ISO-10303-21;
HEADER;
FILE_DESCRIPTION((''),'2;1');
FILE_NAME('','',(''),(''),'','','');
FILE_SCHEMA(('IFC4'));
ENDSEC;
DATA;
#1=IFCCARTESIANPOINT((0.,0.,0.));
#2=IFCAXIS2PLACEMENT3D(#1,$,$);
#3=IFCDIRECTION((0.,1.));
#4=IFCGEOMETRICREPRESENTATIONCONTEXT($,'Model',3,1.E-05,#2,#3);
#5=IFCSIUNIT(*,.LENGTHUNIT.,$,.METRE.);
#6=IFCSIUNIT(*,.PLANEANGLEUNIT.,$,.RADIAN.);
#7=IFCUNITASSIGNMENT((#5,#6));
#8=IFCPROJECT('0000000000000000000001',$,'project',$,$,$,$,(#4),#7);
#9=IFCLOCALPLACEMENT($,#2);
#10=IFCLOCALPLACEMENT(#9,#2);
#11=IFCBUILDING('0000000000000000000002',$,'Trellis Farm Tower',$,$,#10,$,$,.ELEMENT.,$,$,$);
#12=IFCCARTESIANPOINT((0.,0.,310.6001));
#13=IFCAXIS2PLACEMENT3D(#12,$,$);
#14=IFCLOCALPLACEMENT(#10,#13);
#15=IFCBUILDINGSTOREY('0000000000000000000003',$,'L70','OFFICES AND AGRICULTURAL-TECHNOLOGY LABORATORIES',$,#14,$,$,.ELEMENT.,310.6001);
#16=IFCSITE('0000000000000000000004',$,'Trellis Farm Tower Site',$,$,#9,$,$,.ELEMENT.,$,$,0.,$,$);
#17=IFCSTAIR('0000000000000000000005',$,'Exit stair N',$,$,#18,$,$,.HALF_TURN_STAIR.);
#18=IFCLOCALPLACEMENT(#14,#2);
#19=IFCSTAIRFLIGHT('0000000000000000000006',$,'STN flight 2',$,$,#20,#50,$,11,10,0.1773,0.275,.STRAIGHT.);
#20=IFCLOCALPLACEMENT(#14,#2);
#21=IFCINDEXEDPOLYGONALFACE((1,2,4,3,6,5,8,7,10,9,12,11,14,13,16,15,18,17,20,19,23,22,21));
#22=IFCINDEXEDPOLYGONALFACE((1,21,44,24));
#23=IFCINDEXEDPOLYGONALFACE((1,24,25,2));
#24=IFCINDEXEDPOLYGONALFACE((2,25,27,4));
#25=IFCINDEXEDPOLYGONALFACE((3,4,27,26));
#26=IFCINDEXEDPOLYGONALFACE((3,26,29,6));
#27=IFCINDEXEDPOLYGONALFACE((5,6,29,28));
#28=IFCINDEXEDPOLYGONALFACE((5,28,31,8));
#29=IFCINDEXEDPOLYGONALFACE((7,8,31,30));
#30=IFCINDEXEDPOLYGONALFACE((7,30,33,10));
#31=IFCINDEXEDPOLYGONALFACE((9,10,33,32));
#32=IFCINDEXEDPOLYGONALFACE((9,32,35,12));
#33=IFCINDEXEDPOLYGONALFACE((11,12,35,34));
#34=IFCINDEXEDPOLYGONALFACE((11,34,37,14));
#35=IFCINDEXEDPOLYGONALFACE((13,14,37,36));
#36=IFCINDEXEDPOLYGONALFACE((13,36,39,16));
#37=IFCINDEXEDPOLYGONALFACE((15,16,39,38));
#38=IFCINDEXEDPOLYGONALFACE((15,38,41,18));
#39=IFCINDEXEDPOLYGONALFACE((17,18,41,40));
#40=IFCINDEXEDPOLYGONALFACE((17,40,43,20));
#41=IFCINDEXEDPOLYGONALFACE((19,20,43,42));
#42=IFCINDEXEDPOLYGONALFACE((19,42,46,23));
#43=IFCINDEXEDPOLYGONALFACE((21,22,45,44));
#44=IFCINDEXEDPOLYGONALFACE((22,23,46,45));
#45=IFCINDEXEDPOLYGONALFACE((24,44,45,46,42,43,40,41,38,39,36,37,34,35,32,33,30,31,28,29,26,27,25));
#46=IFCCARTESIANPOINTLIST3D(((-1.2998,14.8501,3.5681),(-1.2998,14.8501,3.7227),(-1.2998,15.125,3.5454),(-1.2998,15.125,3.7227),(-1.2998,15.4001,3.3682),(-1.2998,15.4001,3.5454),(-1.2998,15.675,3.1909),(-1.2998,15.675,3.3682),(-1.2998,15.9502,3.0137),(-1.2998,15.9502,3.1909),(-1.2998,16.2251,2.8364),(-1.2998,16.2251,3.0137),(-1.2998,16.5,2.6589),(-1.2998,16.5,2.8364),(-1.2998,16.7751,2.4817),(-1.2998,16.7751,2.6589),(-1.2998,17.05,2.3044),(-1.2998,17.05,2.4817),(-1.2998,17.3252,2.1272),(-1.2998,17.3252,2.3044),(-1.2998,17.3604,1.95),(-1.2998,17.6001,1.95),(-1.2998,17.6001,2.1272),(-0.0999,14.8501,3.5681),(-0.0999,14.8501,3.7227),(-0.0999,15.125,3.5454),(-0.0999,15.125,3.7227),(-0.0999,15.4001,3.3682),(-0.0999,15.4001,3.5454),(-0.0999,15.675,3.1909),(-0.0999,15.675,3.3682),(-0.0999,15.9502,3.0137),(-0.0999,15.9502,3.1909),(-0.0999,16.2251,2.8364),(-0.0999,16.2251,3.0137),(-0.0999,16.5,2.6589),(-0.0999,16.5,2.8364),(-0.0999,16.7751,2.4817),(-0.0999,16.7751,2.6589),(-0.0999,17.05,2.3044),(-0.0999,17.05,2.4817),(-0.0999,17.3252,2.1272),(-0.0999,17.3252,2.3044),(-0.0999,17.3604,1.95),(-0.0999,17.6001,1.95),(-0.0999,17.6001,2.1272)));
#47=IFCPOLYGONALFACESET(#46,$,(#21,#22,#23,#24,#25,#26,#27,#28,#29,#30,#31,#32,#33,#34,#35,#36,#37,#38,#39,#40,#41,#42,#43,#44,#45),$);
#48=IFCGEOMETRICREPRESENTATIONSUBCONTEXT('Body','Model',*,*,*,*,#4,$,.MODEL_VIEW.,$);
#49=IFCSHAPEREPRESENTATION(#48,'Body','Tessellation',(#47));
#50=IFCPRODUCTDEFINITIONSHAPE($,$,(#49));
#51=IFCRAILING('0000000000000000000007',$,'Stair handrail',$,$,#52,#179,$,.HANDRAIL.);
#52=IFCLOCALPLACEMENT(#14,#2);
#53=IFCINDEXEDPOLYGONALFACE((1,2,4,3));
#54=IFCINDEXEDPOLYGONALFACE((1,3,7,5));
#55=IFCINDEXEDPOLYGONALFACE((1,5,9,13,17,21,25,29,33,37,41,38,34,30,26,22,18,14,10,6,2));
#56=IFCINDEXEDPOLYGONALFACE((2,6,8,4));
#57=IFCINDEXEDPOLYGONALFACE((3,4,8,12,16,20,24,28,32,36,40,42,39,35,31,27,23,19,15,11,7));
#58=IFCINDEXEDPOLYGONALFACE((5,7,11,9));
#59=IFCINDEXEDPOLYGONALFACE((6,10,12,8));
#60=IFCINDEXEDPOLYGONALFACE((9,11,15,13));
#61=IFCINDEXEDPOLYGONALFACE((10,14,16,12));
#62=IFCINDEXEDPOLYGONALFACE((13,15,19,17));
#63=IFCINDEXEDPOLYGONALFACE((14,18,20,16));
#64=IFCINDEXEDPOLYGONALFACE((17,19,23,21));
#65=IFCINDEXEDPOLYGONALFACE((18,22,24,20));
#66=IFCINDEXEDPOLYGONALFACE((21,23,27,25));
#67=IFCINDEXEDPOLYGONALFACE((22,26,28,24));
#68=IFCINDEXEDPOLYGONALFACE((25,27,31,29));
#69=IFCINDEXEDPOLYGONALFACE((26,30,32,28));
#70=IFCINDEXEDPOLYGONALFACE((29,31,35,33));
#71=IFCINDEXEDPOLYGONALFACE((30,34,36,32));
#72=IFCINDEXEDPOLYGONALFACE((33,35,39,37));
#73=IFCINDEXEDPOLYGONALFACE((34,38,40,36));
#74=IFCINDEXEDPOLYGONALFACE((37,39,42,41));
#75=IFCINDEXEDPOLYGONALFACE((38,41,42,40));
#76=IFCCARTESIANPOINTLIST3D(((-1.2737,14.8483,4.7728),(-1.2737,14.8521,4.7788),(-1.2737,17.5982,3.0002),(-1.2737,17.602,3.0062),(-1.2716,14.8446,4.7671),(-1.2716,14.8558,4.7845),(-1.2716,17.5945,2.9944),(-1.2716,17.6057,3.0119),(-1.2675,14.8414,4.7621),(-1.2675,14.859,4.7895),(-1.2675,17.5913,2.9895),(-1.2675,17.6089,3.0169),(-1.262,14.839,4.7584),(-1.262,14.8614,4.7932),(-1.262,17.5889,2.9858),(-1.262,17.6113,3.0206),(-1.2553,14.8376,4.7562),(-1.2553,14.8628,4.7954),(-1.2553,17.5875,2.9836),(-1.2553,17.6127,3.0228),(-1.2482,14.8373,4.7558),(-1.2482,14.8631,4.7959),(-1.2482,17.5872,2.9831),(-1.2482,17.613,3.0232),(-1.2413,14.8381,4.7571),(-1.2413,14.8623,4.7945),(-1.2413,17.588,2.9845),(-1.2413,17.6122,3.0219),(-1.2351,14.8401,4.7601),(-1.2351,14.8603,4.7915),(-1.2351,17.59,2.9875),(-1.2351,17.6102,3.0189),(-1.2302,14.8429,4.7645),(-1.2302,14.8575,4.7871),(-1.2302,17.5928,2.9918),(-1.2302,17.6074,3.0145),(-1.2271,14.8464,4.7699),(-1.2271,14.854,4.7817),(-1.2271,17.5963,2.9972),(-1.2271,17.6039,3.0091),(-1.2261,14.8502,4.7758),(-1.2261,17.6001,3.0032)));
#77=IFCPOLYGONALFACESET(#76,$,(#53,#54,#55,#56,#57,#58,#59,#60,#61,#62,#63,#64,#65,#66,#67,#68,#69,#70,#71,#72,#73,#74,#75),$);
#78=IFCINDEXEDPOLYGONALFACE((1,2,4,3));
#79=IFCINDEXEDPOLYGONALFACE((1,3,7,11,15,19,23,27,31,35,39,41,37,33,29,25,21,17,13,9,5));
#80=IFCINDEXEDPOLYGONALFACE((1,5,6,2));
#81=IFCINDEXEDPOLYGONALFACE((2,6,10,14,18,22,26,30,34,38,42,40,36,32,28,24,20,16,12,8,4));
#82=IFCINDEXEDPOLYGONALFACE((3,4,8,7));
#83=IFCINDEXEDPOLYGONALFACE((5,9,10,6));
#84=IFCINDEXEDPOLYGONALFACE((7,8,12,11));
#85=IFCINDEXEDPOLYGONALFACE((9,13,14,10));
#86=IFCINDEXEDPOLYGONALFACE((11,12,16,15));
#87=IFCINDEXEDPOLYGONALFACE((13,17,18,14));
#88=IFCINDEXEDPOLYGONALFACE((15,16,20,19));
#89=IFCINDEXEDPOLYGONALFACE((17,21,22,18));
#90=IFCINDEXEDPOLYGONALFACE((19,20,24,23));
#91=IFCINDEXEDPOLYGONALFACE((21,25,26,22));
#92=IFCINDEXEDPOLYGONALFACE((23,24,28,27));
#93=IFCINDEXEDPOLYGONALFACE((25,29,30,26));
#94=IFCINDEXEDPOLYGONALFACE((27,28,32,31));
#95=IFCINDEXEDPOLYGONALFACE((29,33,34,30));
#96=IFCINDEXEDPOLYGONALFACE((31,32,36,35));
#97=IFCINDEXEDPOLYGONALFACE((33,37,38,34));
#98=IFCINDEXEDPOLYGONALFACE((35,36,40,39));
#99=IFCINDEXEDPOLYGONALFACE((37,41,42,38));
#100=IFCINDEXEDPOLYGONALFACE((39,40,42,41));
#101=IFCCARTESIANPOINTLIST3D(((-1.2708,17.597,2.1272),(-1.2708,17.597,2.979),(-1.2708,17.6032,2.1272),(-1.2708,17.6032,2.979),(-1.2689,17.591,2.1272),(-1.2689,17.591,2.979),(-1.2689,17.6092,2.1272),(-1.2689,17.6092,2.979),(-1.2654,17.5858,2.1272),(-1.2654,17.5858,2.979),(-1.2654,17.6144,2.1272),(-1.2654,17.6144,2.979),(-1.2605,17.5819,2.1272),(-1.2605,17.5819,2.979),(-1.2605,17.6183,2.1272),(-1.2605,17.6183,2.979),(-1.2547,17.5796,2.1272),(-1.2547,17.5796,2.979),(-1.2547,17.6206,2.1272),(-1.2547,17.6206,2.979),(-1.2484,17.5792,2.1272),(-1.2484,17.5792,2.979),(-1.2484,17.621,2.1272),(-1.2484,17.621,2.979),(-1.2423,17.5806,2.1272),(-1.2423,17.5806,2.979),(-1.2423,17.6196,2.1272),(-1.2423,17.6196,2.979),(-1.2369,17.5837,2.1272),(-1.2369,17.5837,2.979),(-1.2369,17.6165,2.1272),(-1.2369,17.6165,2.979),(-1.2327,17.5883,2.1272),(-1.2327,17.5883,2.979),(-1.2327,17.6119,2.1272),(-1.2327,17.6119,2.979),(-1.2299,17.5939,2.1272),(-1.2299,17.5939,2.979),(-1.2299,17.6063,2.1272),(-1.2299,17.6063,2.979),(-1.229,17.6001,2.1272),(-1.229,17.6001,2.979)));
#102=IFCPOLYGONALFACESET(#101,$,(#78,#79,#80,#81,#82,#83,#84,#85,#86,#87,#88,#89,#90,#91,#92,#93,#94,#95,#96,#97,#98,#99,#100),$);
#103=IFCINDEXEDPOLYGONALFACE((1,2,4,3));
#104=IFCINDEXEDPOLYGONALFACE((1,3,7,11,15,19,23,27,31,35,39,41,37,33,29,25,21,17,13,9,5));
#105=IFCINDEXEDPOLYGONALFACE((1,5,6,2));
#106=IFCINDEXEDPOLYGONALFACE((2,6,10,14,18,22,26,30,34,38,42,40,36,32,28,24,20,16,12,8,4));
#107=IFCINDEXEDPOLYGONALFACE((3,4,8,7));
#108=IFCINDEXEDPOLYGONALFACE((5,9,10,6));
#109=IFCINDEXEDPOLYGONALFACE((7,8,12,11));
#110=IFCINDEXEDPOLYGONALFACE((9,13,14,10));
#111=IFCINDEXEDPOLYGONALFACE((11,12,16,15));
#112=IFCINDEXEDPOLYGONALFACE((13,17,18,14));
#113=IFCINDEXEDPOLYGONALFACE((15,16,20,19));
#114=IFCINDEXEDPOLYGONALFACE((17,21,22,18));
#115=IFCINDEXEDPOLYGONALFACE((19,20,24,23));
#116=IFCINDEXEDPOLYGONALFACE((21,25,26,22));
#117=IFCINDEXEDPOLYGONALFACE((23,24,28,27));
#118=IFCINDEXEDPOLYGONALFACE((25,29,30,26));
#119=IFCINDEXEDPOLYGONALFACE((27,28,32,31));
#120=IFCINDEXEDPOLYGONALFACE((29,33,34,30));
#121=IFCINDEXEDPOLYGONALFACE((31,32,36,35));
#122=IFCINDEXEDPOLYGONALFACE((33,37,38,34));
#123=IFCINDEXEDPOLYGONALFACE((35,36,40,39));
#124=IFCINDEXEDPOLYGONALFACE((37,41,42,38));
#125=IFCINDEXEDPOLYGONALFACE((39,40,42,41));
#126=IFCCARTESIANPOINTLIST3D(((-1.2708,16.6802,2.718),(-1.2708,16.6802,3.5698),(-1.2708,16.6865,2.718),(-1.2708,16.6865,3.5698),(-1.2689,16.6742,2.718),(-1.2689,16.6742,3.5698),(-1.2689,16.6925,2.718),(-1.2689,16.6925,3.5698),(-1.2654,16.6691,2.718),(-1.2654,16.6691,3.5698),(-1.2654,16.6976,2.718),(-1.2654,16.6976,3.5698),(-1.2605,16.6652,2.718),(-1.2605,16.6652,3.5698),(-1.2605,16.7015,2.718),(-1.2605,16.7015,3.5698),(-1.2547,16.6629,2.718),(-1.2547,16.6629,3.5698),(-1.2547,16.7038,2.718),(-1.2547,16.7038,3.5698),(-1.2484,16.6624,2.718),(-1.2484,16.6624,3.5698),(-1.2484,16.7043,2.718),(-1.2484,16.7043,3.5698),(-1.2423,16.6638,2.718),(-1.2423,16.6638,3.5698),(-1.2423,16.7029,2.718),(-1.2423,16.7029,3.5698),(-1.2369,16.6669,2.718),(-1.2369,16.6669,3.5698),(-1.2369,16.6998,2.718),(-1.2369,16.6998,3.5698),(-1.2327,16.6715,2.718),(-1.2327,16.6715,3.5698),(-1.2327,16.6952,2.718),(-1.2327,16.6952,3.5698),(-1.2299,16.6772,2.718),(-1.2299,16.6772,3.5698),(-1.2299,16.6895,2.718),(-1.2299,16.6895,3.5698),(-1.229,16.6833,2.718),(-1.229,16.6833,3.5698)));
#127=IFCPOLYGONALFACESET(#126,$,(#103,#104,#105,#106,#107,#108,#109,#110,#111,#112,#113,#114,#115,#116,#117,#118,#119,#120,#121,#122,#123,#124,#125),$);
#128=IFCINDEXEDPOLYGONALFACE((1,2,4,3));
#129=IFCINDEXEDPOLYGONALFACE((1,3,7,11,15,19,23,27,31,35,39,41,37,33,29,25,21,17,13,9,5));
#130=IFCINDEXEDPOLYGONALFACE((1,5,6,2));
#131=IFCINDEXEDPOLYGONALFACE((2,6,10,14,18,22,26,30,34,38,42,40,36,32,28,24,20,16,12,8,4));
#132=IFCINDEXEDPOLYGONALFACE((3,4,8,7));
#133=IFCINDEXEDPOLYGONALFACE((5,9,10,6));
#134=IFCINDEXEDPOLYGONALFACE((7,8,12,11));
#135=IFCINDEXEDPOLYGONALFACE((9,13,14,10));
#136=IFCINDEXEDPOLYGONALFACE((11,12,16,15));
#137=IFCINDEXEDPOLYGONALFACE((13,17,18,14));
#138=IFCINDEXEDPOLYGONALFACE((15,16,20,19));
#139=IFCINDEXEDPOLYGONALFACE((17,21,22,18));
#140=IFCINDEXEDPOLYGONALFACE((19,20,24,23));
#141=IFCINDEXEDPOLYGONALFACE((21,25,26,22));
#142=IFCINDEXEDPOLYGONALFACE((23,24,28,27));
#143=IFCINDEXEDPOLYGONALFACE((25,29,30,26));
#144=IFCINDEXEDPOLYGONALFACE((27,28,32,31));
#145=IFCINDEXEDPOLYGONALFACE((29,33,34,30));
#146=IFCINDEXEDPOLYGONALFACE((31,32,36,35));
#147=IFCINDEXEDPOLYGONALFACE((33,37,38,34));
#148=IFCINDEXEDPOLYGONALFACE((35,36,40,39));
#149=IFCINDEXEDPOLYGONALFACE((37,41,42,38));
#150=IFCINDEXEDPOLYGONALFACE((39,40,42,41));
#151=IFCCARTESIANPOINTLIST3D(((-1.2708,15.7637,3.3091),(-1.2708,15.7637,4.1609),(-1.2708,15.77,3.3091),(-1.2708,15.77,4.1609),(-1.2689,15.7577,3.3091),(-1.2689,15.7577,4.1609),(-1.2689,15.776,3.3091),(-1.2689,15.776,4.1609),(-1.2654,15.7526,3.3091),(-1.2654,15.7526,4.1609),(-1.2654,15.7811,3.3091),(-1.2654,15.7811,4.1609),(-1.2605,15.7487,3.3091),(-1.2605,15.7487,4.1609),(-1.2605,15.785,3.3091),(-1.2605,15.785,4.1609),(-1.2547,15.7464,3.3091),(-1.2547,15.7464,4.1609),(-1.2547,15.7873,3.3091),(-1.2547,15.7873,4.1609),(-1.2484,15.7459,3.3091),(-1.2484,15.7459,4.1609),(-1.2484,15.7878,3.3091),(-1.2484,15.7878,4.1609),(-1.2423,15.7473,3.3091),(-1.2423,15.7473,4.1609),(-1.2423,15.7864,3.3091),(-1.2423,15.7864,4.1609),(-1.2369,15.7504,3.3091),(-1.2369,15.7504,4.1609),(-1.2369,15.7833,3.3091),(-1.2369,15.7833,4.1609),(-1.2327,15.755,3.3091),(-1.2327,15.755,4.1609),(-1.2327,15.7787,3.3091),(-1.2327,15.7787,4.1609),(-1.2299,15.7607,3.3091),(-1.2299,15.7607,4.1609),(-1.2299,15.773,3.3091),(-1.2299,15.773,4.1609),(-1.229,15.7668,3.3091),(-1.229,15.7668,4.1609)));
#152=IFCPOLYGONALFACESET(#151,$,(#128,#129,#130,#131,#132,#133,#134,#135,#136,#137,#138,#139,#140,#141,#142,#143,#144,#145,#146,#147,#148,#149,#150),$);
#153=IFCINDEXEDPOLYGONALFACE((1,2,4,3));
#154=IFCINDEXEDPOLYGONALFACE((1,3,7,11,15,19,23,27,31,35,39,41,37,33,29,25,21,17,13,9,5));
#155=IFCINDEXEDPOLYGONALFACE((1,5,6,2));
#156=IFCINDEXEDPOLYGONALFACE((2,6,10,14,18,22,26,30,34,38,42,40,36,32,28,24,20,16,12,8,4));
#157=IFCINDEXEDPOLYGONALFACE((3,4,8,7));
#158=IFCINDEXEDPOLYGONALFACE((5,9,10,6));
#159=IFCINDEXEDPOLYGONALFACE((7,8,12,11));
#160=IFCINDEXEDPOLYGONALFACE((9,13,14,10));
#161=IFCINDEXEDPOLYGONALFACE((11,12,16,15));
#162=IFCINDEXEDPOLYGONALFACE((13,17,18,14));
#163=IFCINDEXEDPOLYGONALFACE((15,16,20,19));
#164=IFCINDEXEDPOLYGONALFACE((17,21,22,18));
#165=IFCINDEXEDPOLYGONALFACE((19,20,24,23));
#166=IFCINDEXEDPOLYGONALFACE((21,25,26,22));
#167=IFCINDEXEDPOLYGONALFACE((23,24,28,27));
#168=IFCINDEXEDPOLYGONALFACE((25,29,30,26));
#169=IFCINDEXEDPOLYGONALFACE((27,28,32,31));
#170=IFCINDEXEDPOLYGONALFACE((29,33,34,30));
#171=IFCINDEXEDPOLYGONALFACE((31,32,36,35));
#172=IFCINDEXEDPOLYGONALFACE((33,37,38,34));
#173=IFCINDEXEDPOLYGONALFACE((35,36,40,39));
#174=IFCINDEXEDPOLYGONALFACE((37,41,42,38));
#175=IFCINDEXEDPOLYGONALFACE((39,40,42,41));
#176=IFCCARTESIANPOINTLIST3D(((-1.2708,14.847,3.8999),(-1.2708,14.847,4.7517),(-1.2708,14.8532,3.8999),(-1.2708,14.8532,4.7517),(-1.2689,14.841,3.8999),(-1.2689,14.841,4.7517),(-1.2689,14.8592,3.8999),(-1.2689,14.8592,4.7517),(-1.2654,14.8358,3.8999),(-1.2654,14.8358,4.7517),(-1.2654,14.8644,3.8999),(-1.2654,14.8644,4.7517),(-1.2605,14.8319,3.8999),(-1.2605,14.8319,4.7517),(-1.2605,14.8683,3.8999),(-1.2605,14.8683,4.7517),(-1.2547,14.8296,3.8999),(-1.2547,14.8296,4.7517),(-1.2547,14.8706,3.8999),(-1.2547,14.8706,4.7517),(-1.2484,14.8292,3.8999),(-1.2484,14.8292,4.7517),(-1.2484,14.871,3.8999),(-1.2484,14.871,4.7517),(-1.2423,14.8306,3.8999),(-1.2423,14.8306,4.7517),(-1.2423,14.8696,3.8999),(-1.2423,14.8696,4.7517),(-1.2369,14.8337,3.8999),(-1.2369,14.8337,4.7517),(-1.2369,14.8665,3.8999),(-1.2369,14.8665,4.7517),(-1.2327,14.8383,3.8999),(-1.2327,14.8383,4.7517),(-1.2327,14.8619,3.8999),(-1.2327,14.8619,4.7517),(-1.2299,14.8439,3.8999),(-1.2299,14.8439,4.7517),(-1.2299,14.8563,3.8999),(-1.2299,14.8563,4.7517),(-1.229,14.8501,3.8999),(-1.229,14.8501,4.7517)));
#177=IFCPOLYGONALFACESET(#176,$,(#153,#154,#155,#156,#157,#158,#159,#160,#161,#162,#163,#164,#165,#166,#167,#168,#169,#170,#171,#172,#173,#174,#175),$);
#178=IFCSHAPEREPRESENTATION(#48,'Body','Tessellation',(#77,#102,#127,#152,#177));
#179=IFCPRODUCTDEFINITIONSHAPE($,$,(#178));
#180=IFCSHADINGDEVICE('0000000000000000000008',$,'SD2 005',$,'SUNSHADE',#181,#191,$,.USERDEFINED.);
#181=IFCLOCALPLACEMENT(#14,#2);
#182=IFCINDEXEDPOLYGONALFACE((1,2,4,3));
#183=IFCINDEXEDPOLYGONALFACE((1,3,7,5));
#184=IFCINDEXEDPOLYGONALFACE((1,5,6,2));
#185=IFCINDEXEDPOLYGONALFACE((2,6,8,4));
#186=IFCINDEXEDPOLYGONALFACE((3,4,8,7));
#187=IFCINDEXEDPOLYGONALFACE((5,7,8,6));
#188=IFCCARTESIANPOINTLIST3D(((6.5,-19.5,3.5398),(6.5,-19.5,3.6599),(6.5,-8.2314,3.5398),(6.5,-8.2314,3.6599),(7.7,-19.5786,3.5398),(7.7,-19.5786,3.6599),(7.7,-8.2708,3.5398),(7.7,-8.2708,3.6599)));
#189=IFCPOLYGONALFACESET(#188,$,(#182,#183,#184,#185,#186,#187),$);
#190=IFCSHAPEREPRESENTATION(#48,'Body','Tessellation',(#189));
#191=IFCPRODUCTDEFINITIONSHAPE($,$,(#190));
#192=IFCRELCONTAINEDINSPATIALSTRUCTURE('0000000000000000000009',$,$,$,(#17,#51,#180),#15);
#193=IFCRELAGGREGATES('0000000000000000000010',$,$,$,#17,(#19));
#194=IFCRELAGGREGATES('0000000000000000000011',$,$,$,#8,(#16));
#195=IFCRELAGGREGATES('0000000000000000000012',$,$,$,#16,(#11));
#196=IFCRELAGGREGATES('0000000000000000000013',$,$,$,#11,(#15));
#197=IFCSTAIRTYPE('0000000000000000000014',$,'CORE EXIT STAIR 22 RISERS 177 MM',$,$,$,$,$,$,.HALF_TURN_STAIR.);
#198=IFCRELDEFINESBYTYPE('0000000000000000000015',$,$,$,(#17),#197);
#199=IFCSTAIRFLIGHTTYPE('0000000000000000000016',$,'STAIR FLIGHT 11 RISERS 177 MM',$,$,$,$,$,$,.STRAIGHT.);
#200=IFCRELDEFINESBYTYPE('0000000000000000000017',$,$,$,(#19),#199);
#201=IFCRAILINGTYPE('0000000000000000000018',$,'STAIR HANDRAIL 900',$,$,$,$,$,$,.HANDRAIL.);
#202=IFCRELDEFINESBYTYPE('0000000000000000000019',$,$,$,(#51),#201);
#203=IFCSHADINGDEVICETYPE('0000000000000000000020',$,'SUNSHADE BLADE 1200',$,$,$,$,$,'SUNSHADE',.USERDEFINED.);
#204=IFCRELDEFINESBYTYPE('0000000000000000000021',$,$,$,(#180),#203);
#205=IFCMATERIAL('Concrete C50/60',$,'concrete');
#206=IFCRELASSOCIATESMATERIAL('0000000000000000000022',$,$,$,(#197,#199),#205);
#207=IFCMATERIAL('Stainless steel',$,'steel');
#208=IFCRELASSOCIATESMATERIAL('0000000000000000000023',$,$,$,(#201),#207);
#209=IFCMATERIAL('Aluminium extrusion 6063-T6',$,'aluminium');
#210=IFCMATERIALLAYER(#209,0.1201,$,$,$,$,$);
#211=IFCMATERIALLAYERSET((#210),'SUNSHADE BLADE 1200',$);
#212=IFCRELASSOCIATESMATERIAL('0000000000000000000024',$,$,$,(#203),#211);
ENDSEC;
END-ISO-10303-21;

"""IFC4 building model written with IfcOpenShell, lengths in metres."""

from ifc_helpers import new_model, si_unit, direction, frame, origin, origin_2d, place, context, subcontext, project, spatial, polyline, circle, outline, extrude, source, transform, mapped, material, layer, layer_set, type_object, element, aggregate, save


model = new_model("IFC4")

# Units and contexts
model_context = context("Model", 3, precision=1e-05, world=origin(), true_north=direction((0.0, 1.0)))
body_context = subcontext(model_context, "Body", "Model", "MODEL_VIEW")
ifc_project = project(units=[si_unit("LENGTHUNIT", "METRE"), si_unit("PLANEANGLEUNIT", "RADIAN")], contexts=[model_context])

# Site, building, storey
site_placement = place(None, origin())
site = spatial("IfcSite", under=ifc_project, at=site_placement, Name="Trellis Farm Tower Site", CompositionType="ELEMENT", RefElevation=0.0)
building_placement = place(site_placement, origin())
building = spatial("IfcBuilding", under=site, at=building_placement, Name="Trellis Farm Tower", CompositionType="ELEMENT")
storey_placement = place(building_placement, frame((0.0, 0.0, 310.6001)))
storey = spatial("IfcBuildingStorey", under=building, at=storey_placement, Name="L70", Description="OFFICES AND AGRICULTURAL-TECHNOLOGY LABORATORIES", CompositionType="ELEMENT", Elevation=310.6001)

# Shared definitions
placement = place(storey_placement, origin())
ifc_material_1 = material(Name="Aluminium extrusion 6063-T6", Category="aluminium")

# Shared definitions
ifc_material_2 = material(Name="Concrete C50/60", Category="concrete")

# Stair, stair flight
stair_type = type_object("IfcStairType", Name="CORE EXIT STAIR 22 RISERS 177 MM", PredefinedType="HALF_TURN_STAIR", material=ifc_material_2)
stair = element("IfcStair", 1, at=placement, inside=storey, type_object=stair_type, Name="Exit stair N", PredefinedType="HALF_TURN_STAIR")
stair_flight_type = type_object("IfcStairFlightType", Name="STAIR FLIGHT 11 RISERS 177 MM", PredefinedType="STRAIGHT", material=ifc_material_2)
shared_shape_1 = source(origin(), body_context, "Body", "SweptSolid", [
    extrude(outline(polyline([(0.0, 0.0), (0.0, 0.1772), (0.2749, 0.1772), (0.2749, 0.3545), (0.55, 0.3545), (0.55, 0.5317), (0.825, 0.5317), (0.825, 0.709), (1.1001, 0.709), (1.1001, 0.8865), (1.375, 0.8865), (1.375, 1.0637), (1.6499, 1.0637), (1.6499, 1.241), (1.925, 1.241), (1.925, 1.4182), (2.2, 1.4182), (2.2, 1.5955), (2.4751, 1.5955), (2.4751, 1.7727), (2.75, 1.7727), (2.75, 1.95), (2.75, 1.6182), (0.2397, 0.0), (0.0, 0.0)])), frame((0.0, 0.6001, 0.0), z_axis=(0.0, -1.0, 0.0), x_axis=(1.0, 0.0, 0.0)), (0.0, 0.0, 1.0), 1.2),
])
stair_flight_placement = place(storey_placement, frame((-0.7, 17.6001, 1.95), z_axis=(0.0, 0.0, 1.0), x_axis=(0.0, -1.0, 0.0)))
stair_flight = element("IfcStairFlight", 2, at=stair_flight_placement, type_object=stair_flight_type, Name="STN flight 2", NumberOfRisers=11, NumberOfTreads=10, PredefinedType="STRAIGHT", RiserHeight=0.1773, TreadLength=0.275, context=body_context, shape_type="MappedRepresentation", body=[
    mapped(shared_shape_1, transform((0.0, 0.0, 0.0))),
])
aggregate(stair, [stair_flight])

# Railing
ifc_material_3 = material(Name="Stainless steel", Category="steel")
railing_type = type_object("IfcRailingType", Name="STAIR HANDRAIL 900", PredefinedType="HANDRAIL", material=ifc_material_3)
shared_shape_2 = source(origin(), body_context, "Body", "SweptSolid", [
    extrude(circle(Radius=0.0239, at=origin_2d()), frame((0.0, 0.0, 0.876), z_axis=(0.0, -0.840504, 0.541806), x_axis=(1.0, 0.0, 0.0)), (0.0, 0.0, 1.0), 3.2717),
    extrude(circle(Radius=0.021, at=origin_2d()), origin(), (0.0, 0.0, 1.0), 0.8518),
    extrude(circle(Radius=0.021, at=origin_2d()), frame((0.0, -0.9167, 0.5908)), (0.0, 0.0, 1.0), 0.8518),
    extrude(circle(Radius=0.021, at=origin_2d()), frame((0.0, -1.8333, 1.1819)), (0.0, 0.0, 1.0), 0.8518),
    extrude(circle(Radius=0.021, at=origin_2d()), frame((0.0, -2.75, 1.7727)), (0.0, 0.0, 1.0), 0.8518),
])
railing_placement = place(storey_placement, frame((-1.25, 17.6001, 2.1272)))
element("IfcRailing", 3, at=railing_placement, inside=storey, type_object=railing_type, Name="Stair handrail", PredefinedType="HANDRAIL", context=body_context, shape_type="MappedRepresentation", body=[
    mapped(shared_shape_2, transform((0.0, 0.0, 0.0))),
])

# Shading device
ifc_layer_1 = layer(ifc_material_1, 0.1201)
ifc_layer_set_1 = layer_set([ifc_layer_1], Name="SUNSHADE BLADE 1200")
shading_device_type = type_object("IfcShadingDeviceType", Name="SUNSHADE BLADE 1200", ElementType="SUNSHADE", PredefinedType="USERDEFINED", material=ifc_layer_set_1)
shared_shape_3 = source(origin(), body_context, "Body", "SweptSolid", [
    extrude(outline(polyline([(7.7, -19.5786), (7.7, -8.2708), (6.5, -8.2314), (6.5, -19.5), (7.7, -19.5786)])), origin(), (0.0, 0.0, 1.0), 0.1201),
])
shading_device_placement = place(storey_placement, frame((0.0, 0.0, 3.5398)))
element("IfcShadingDevice", 4, at=shading_device_placement, inside=storey, type_object=shading_device_type, Name="SD2 005", ObjectType="SUNSHADE", PredefinedType="USERDEFINED", context=body_context, shape_type="MappedRepresentation", body=[
    mapped(shared_shape_3, transform((0.0, 0.0, 0.0))),
])

save(model, "model.ifc")
